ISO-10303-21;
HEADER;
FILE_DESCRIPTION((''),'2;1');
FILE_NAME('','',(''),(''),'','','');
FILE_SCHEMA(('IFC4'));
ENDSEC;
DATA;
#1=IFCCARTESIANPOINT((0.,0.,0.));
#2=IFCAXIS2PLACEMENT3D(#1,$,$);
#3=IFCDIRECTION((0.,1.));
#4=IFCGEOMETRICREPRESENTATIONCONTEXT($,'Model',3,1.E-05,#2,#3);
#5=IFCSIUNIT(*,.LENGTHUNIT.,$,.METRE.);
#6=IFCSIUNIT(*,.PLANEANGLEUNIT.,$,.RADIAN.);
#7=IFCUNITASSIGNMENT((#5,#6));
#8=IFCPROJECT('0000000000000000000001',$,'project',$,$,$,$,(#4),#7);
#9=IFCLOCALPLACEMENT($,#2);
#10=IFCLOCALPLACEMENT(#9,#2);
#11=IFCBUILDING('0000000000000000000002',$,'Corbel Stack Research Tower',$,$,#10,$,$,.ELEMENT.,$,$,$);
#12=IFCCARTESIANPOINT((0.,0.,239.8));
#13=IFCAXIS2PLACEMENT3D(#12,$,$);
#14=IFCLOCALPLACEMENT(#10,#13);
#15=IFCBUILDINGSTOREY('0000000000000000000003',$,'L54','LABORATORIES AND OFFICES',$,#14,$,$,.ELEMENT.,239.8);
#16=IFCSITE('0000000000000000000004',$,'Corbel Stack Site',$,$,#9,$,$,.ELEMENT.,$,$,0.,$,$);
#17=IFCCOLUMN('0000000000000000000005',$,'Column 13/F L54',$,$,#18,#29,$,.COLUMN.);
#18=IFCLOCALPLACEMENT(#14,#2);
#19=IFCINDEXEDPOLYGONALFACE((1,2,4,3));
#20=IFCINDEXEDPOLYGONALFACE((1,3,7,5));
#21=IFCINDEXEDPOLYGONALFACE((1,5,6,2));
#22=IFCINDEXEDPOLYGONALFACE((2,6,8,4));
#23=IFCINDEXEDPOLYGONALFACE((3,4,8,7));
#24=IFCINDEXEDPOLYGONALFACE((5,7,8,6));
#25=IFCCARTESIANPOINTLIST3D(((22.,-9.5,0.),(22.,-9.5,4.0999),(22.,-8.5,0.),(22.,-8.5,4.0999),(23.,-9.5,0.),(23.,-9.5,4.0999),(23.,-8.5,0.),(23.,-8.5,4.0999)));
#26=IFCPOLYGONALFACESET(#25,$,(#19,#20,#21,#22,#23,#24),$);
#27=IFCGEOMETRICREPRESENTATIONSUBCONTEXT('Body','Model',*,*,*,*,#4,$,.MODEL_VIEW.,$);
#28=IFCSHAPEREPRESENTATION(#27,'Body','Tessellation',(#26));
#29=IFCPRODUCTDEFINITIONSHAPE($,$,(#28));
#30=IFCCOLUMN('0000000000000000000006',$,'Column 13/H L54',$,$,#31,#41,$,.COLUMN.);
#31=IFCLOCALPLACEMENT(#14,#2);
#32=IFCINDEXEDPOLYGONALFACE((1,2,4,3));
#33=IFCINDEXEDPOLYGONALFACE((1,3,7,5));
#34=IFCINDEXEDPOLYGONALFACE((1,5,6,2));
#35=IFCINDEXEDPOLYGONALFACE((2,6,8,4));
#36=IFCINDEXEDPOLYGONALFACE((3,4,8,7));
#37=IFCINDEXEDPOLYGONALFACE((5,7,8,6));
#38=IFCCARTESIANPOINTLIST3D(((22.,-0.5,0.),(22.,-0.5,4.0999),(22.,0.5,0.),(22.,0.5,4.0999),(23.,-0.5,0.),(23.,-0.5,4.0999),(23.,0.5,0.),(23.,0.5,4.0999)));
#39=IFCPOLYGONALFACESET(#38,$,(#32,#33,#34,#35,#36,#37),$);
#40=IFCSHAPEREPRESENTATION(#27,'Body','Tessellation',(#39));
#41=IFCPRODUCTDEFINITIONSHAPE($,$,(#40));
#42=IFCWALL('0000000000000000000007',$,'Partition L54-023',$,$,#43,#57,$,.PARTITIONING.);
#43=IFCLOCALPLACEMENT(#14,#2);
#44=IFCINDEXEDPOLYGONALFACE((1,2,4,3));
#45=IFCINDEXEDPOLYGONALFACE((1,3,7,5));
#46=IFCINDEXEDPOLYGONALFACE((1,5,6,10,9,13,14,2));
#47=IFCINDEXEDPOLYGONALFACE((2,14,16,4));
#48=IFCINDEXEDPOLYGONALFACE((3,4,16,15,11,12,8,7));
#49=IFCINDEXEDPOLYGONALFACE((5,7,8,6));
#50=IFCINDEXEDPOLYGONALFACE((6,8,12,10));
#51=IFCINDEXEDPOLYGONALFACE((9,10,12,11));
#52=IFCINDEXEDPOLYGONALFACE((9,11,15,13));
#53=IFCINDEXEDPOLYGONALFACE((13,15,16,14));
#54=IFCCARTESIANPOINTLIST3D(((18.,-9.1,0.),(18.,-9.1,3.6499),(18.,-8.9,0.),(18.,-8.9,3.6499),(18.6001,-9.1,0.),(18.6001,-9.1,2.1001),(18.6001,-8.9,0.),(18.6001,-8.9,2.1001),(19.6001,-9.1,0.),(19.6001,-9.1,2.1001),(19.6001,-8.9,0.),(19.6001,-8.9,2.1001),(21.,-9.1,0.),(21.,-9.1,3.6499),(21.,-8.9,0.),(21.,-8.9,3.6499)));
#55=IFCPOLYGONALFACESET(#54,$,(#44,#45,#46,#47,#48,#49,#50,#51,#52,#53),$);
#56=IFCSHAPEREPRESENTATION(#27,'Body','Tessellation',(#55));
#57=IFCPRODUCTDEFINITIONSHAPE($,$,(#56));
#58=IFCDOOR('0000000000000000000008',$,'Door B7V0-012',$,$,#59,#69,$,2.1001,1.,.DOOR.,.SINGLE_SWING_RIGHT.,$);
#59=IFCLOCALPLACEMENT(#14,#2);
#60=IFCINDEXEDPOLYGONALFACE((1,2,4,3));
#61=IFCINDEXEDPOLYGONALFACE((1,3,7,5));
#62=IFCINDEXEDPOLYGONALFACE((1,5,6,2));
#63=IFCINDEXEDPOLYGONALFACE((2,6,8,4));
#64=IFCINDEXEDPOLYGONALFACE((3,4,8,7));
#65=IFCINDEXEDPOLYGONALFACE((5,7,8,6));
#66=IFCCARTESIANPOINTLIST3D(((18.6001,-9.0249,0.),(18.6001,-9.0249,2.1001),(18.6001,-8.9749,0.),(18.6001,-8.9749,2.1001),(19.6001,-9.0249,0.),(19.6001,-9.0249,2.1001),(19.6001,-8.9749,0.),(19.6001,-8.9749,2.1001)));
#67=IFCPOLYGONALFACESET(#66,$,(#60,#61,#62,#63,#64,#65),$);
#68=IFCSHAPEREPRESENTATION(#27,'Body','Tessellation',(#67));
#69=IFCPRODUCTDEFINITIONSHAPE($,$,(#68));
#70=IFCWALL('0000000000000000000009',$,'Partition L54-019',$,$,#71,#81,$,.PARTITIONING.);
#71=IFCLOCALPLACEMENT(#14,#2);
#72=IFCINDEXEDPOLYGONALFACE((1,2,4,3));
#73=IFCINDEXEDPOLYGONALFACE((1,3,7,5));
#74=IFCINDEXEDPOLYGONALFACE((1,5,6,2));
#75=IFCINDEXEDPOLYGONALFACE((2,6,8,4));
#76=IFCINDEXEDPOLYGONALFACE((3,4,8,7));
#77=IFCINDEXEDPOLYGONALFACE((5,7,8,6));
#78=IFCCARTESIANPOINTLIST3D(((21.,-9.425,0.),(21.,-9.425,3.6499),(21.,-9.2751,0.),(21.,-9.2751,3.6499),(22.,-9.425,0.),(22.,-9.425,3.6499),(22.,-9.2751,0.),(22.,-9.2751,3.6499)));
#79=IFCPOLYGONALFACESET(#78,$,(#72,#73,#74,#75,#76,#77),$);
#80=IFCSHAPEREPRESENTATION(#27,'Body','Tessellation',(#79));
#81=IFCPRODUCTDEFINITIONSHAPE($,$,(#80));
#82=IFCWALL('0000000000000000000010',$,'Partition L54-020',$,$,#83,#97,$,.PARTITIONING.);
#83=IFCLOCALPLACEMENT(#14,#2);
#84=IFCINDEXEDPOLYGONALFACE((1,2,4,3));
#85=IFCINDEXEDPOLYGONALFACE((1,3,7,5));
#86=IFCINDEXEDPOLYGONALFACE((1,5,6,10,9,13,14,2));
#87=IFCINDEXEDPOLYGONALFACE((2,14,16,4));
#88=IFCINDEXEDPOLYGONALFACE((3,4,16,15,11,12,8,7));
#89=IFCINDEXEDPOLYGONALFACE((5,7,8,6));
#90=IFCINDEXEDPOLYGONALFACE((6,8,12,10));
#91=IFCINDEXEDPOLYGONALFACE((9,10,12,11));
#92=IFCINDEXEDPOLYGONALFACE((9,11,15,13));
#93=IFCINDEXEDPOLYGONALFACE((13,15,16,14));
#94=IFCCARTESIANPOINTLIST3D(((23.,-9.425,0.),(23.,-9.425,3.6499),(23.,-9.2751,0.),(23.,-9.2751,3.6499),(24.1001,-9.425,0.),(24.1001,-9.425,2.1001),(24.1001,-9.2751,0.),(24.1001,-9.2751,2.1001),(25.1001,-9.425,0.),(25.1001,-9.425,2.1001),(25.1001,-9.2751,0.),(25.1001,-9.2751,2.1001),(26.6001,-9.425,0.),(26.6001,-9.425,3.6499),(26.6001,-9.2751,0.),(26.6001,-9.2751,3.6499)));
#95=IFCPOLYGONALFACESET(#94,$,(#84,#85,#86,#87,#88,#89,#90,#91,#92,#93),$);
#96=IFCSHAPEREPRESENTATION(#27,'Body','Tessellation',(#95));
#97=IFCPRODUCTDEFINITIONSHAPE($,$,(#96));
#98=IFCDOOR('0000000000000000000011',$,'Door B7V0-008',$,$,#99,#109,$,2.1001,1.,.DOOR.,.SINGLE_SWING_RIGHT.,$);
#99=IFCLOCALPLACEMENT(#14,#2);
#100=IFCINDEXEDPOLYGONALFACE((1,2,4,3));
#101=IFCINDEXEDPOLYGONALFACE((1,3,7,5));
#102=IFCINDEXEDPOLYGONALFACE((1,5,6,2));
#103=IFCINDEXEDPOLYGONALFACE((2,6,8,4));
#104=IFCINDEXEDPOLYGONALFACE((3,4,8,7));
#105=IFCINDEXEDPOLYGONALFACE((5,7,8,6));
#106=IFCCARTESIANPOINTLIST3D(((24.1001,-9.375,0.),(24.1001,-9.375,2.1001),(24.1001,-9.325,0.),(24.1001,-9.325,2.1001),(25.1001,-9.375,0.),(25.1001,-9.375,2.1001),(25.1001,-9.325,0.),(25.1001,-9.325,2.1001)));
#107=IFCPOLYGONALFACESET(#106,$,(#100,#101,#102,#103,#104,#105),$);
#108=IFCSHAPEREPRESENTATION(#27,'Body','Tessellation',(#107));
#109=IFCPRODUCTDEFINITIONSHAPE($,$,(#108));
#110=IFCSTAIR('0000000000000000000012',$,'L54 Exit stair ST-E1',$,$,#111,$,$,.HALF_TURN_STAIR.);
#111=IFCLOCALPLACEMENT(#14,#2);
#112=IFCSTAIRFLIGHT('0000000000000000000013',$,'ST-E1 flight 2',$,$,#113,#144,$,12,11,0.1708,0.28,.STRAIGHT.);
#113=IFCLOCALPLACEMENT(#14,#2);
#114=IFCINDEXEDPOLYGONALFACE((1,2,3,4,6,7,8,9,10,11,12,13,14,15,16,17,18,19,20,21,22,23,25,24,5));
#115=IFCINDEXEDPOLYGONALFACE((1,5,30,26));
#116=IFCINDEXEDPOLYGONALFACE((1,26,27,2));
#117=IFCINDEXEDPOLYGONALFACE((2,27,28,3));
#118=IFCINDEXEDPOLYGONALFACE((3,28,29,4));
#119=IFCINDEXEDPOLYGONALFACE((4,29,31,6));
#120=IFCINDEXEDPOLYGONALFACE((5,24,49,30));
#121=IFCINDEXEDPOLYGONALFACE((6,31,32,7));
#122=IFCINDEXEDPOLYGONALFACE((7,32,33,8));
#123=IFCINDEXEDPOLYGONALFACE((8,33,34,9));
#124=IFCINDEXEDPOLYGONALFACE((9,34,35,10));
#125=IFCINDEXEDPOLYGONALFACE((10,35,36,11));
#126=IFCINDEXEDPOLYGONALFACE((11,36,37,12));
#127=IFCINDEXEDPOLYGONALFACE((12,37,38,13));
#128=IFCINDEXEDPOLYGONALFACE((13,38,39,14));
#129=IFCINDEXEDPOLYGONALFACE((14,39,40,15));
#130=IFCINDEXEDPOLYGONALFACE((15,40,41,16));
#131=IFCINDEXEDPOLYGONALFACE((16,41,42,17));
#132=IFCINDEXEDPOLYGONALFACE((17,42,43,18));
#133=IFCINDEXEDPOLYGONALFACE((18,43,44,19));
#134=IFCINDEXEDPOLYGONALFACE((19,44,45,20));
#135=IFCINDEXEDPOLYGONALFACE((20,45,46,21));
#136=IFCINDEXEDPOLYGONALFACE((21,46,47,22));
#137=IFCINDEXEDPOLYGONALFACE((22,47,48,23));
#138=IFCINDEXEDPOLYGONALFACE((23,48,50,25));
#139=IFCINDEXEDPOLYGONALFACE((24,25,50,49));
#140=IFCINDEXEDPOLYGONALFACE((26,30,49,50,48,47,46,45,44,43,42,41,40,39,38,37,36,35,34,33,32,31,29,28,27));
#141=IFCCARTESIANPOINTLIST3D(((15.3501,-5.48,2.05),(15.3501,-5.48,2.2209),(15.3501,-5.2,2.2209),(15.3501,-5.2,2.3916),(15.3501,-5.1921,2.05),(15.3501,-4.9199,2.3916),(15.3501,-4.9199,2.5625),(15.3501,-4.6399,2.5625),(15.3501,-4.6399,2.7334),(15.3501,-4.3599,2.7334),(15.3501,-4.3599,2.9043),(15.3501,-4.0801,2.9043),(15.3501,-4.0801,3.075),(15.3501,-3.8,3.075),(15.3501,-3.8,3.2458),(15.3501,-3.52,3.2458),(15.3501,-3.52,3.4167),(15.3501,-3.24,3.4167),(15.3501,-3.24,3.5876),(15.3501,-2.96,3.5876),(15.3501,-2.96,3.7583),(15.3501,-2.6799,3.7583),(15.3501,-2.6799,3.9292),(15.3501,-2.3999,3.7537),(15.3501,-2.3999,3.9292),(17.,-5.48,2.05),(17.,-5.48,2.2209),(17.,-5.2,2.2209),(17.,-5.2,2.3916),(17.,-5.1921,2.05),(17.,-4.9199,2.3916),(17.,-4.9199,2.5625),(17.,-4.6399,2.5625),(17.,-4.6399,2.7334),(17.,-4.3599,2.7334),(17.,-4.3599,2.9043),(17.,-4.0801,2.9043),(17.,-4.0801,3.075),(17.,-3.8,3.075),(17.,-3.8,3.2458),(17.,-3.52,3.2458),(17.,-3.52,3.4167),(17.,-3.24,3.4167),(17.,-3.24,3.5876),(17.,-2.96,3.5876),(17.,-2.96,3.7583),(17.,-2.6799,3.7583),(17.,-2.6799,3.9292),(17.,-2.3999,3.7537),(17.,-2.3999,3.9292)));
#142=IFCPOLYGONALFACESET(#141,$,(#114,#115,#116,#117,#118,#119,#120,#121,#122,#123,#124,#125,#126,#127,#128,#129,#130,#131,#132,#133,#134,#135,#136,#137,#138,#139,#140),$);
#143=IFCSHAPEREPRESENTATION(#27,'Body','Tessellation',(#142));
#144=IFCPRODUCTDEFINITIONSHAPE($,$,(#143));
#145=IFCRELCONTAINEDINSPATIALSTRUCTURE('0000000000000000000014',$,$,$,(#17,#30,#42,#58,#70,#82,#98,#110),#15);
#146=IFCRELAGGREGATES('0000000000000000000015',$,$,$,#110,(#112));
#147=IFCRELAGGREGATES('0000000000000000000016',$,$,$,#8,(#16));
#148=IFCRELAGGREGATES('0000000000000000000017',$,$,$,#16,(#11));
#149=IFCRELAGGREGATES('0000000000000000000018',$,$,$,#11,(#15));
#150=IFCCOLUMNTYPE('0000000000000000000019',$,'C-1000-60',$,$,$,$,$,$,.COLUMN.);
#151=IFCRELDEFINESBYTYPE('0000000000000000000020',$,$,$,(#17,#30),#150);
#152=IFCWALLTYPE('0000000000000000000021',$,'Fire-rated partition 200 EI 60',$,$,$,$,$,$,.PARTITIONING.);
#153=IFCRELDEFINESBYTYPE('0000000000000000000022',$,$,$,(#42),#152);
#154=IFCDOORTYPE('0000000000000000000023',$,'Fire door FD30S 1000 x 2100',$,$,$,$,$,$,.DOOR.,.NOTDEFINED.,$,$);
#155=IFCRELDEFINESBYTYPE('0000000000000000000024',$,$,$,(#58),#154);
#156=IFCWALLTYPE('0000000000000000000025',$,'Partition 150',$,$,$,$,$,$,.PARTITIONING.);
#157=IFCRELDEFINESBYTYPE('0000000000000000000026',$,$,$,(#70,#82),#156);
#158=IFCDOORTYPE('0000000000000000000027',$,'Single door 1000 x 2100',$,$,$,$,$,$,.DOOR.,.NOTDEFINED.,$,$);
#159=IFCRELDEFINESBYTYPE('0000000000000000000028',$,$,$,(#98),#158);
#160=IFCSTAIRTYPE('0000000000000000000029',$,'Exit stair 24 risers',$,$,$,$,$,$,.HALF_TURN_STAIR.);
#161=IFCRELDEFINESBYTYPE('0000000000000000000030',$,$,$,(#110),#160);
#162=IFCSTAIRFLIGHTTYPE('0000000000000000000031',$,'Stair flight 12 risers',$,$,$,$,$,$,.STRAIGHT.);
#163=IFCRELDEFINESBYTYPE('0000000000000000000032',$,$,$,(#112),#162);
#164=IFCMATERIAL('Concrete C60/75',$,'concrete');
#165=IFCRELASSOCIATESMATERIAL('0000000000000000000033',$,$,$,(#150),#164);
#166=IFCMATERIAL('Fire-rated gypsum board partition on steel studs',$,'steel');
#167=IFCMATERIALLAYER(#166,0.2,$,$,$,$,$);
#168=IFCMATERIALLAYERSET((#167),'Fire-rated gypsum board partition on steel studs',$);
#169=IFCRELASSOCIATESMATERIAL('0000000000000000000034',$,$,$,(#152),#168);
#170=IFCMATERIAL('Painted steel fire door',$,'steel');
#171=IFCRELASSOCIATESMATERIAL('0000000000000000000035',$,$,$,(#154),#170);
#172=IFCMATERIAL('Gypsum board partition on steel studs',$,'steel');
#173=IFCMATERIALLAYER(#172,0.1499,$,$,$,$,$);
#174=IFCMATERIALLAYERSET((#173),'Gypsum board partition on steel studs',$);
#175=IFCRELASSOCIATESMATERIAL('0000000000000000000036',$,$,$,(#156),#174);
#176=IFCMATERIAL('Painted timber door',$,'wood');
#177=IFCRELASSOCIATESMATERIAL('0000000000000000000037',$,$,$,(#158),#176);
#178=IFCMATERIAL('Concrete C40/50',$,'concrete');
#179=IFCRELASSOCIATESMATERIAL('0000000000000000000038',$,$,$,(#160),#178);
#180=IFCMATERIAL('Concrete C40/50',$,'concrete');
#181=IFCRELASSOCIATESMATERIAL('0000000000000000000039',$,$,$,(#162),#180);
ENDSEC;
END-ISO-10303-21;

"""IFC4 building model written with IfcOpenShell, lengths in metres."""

from ifc_helpers import new_model, si_unit, direction, frame, frame_2d, origin, origin_2d, place, context, subcontext, project, spatial, polyline, rectangle, outline, extrude, material, layer, layer_set, material_profile, profile_set, type_object, element, fill, aggregate, save


model = new_model("IFC4")

# Units and contexts
model_context = context("Model", 3, precision=1e-05, world=origin(), true_north=direction((0.0, 1.0)))
body_context = subcontext(model_context, "Body", "Model", "MODEL_VIEW")
ifc_project = project(units=[si_unit("LENGTHUNIT", "METRE"), si_unit("PLANEANGLEUNIT", "RADIAN")], contexts=[model_context])

# Site, building, storey
site_placement = place(None, origin())
site = spatial("IfcSite", under=ifc_project, at=site_placement, Name="Corbel Stack Site", CompositionType="ELEMENT", RefElevation=0.0)
building_placement = place(site_placement, origin())
building = spatial("IfcBuilding", under=site, at=building_placement, Name="Corbel Stack Research Tower", CompositionType="ELEMENT")
storey_placement = place(building_placement, frame((0.0, 0.0, 239.8)))
storey = spatial("IfcBuildingStorey", under=building, at=storey_placement, Name="L54", Description="LABORATORIES AND OFFICES", CompositionType="ELEMENT", Elevation=239.8)

# Columns
ifc_material_1 = material(Name="Concrete C60/75", Category="concrete")
ifc_material_profile = material_profile(ifc_material_1, rectangle(XDim=1.0, YDim=1.0, at=origin_2d()), Name="RC 1000 x 1000")
ifc_profile_set = profile_set([ifc_material_profile], Name="Concrete C60/75")
column_type = type_object("IfcColumnType", Name="C-1000-60", PredefinedType="COLUMN", material=ifc_profile_set)
for number, where, z_axis, x_axis, name in (
    (1, (22.5, -9.0, 0.0), (0.0, 0.0, 1.0), (1.0, 0.0, 0.0), "Column 13/F L54"),
    (2, (22.5, 0.0, 0.0), (0.0, 0.0, 1.0), (1.0, 0.0, 0.0), "Column 13/H L54"),
):
    element("IfcColumn", number, at=place(storey_placement, frame(where, z_axis=z_axis, x_axis=x_axis)), inside=storey, type_object=column_type, Name=name, PredefinedType="COLUMN", context=body_context, shape_type="SweptSolid", body=[
        extrude(rectangle(XDim=1.0, YDim=1.0, at=origin_2d()), origin(), (0.0, 0.0, 1.0), 4.0999),
    ])

# Wall, opening, door
ifc_material_2 = material(Name="Fire-rated gypsum board partition on steel studs", Category="steel")
ifc_layer_1 = layer(ifc_material_2, 0.2)
ifc_layer_set_1 = layer_set([ifc_layer_1], Name="Fire-rated gypsum board partition on steel studs")
wall_type_1 = type_object("IfcWallType", Name="Fire-rated partition 200 EI 60", PredefinedType="PARTITIONING", material=ifc_layer_set_1)
wall_1_placement = place(storey_placement, frame((21.0, -9.0, 0.0), z_axis=(0.0, 0.0, 1.0), x_axis=(-1.0, 0.0, 0.0)))
wall_1 = element("IfcWall", 3, at=wall_1_placement, inside=storey, type_object=wall_type_1, Name="Partition L54-023", PredefinedType="PARTITIONING", context=body_context, shape_type="SweptSolid", body=[
    extrude(rectangle(XDim=3.0, YDim=0.2, at=frame_2d((1.5, 0.0))), origin(), (0.0, 0.0, 1.0), 3.6499),
])
opening_1_placement = place(wall_1_placement, frame((1.3999, 0.0, 0.0)))
opening_1 = element("IfcOpeningElement", 4, at=opening_1_placement, cuts=wall_1, PredefinedType="OPENING", context=body_context, shape_type="SweptSolid", body=[
    extrude(rectangle(XDim=1.0, YDim=2.1001, at=frame_2d((0.5, 1.05))), frame((0.0, 0.1099, 0.0), z_axis=(0.0, -1.0, 0.0), x_axis=(1.0, 0.0, 0.0)), (0.0, 0.0, 1.0), 0.22),
])
ifc_material_3 = material(Name="Painted steel fire door", Category="steel")
door_type_1 = type_object("IfcDoorType", Name="Fire door FD30S 1000 x 2100", OperationType="NOTDEFINED", PredefinedType="DOOR", material=ifc_material_3)
door_1_placement = place(opening_1_placement, origin())
door_1 = element("IfcDoor", 5, at=door_1_placement, inside=storey, type_object=door_type_1, Name="Door B7V0-012", OperationType="SINGLE_SWING_RIGHT", OverallHeight=2.1001, OverallWidth=1.0, PredefinedType="DOOR", context=body_context, shape_type="SweptSolid", body=[
    extrude(rectangle(XDim=1.0, YDim=2.1001, at=frame_2d((0.5, 1.05))), frame((0.0, 0.0249, 0.0), z_axis=(0.0, -1.0, 0.0), x_axis=(1.0, 0.0, 0.0)), (0.0, 0.0, 1.0), 0.05),
])
fill(opening_1, door_1)

# Wall
ifc_material_4 = material(Name="Gypsum board partition on steel studs", Category="steel")
ifc_layer_2 = layer(ifc_material_4, 0.1499)
ifc_layer_set_2 = layer_set([ifc_layer_2], Name="Gypsum board partition on steel studs")
wall_type_2 = type_object("IfcWallType", Name="Partition 150", PredefinedType="PARTITIONING", material=ifc_layer_set_2)
wall_2_placement = place(storey_placement, frame((21.0, -9.3501, 0.0), z_axis=(0.0, 0.0, 1.0), x_axis=(1.0, 0.0, 0.0)))
element("IfcWall", 6, at=wall_2_placement, inside=storey, type_object=wall_type_2, Name="Partition L54-019", PredefinedType="PARTITIONING", context=body_context, shape_type="SweptSolid", body=[
    extrude(rectangle(XDim=1.0, YDim=0.1499, at=frame_2d((0.5, 0.0))), origin(), (0.0, 0.0, 1.0), 3.6499),
])

# Wall, opening, door
wall_3_placement = place(storey_placement, frame((26.6001, -9.3501, 0.0), z_axis=(0.0, 0.0, 1.0), x_axis=(-1.0, 0.0, 0.0)))
wall_3 = element("IfcWall", 7, at=wall_3_placement, inside=storey, type_object=wall_type_2, Name="Partition L54-020", PredefinedType="PARTITIONING", context=body_context, shape_type="SweptSolid", body=[
    extrude(rectangle(XDim=3.6001, YDim=0.1499, at=frame_2d((1.8, 0.0))), origin(), (0.0, 0.0, 1.0), 3.6499),
])
opening_2_placement = place(wall_3_placement, frame((1.5, 0.0, 0.0)))
opening_2 = element("IfcOpeningElement", 8, at=opening_2_placement, cuts=wall_3, PredefinedType="OPENING", context=body_context, shape_type="SweptSolid", body=[
    extrude(rectangle(XDim=1.0, YDim=2.1001, at=frame_2d((0.5, 1.05))), frame((0.0, 0.085, 0.0), z_axis=(0.0, -1.0, 0.0), x_axis=(1.0, 0.0, 0.0)), (0.0, 0.0, 1.0), 0.1699),
])
ifc_material_5 = material(Name="Painted timber door", Category="wood")
door_type_2 = type_object("IfcDoorType", Name="Single door 1000 x 2100", OperationType="NOTDEFINED", PredefinedType="DOOR", material=ifc_material_5)
door_2_placement = place(opening_2_placement, origin())
door_2 = element("IfcDoor", 9, at=door_2_placement, inside=storey, type_object=door_type_2, Name="Door B7V0-008", OperationType="SINGLE_SWING_RIGHT", OverallHeight=2.1001, OverallWidth=1.0, PredefinedType="DOOR", context=body_context, shape_type="SweptSolid", body=[
    extrude(rectangle(XDim=1.0, YDim=2.1001, at=frame_2d((0.5, 1.05))), frame((0.0, 0.0249, 0.0), z_axis=(0.0, -1.0, 0.0), x_axis=(1.0, 0.0, 0.0)), (0.0, 0.0, 1.0), 0.05),
])
fill(opening_2, door_2)

# Stair, stair flight
ifc_material_6 = material(Name="Concrete C40/50", Category="concrete")
stair_type = type_object("IfcStairType", Name="Exit stair 24 risers", PredefinedType="HALF_TURN_STAIR", material=ifc_material_6)
stair_placement = place(storey_placement, origin())
stair = element("IfcStair", 10, at=stair_placement, inside=storey, type_object=stair_type, Name="L54 Exit stair ST-E1", PredefinedType="HALF_TURN_STAIR")
ifc_material_7 = material(Name="Concrete C40/50", Category="concrete")
stair_flight_type = type_object("IfcStairFlightType", Name="Stair flight 12 risers", PredefinedType="STRAIGHT", material=ifc_material_7)
stair_flight_placement = place(storey_placement, frame((16.175, -5.48, 2.05), z_axis=(0.0, 0.0, 1.0), x_axis=(0.0, 1.0, 0.0)))
stair_flight = element("IfcStairFlight", 11, at=stair_flight_placement, type_object=stair_flight_type, Name="ST-E1 flight 2", NumberOfRisers=12, NumberOfTreads=11, PredefinedType="STRAIGHT", RiserHeight=0.1708, TreadLength=0.28, context=body_context, shape_type="SweptSolid", body=[
    extrude(outline(polyline([(0.0, 0.0), (0.0, 0.1709), (0.28, 0.1709), (0.28, 0.3416), (0.5601, 0.3416), (0.5601, 0.5125), (0.8401, 0.5125), (0.8401, 0.6833), (1.1201, 0.6833), (1.1201, 0.8542), (1.3999, 0.8542), (1.3999, 1.0249), (1.6799, 1.0249), (1.6799, 1.1958), (1.96, 1.1958), (1.96, 1.3667), (2.24, 1.3667), (2.24, 1.5376), (2.52, 1.5376), (2.52, 1.7083), (2.8, 1.7083), (2.8, 1.8792), (3.0801, 1.8792), (3.0801, 2.05), (3.0801, 1.7036), (0.2878, 0.0), (0.0, 0.0)])), frame((0.0, 0.825, 0.0), z_axis=(0.0, -1.0, 0.0), x_axis=(1.0, 0.0, 0.0)), (0.0, 0.0, 1.0), 1.6499),
])
aggregate(stair, [stair_flight])

save(model, "model.ifc")
